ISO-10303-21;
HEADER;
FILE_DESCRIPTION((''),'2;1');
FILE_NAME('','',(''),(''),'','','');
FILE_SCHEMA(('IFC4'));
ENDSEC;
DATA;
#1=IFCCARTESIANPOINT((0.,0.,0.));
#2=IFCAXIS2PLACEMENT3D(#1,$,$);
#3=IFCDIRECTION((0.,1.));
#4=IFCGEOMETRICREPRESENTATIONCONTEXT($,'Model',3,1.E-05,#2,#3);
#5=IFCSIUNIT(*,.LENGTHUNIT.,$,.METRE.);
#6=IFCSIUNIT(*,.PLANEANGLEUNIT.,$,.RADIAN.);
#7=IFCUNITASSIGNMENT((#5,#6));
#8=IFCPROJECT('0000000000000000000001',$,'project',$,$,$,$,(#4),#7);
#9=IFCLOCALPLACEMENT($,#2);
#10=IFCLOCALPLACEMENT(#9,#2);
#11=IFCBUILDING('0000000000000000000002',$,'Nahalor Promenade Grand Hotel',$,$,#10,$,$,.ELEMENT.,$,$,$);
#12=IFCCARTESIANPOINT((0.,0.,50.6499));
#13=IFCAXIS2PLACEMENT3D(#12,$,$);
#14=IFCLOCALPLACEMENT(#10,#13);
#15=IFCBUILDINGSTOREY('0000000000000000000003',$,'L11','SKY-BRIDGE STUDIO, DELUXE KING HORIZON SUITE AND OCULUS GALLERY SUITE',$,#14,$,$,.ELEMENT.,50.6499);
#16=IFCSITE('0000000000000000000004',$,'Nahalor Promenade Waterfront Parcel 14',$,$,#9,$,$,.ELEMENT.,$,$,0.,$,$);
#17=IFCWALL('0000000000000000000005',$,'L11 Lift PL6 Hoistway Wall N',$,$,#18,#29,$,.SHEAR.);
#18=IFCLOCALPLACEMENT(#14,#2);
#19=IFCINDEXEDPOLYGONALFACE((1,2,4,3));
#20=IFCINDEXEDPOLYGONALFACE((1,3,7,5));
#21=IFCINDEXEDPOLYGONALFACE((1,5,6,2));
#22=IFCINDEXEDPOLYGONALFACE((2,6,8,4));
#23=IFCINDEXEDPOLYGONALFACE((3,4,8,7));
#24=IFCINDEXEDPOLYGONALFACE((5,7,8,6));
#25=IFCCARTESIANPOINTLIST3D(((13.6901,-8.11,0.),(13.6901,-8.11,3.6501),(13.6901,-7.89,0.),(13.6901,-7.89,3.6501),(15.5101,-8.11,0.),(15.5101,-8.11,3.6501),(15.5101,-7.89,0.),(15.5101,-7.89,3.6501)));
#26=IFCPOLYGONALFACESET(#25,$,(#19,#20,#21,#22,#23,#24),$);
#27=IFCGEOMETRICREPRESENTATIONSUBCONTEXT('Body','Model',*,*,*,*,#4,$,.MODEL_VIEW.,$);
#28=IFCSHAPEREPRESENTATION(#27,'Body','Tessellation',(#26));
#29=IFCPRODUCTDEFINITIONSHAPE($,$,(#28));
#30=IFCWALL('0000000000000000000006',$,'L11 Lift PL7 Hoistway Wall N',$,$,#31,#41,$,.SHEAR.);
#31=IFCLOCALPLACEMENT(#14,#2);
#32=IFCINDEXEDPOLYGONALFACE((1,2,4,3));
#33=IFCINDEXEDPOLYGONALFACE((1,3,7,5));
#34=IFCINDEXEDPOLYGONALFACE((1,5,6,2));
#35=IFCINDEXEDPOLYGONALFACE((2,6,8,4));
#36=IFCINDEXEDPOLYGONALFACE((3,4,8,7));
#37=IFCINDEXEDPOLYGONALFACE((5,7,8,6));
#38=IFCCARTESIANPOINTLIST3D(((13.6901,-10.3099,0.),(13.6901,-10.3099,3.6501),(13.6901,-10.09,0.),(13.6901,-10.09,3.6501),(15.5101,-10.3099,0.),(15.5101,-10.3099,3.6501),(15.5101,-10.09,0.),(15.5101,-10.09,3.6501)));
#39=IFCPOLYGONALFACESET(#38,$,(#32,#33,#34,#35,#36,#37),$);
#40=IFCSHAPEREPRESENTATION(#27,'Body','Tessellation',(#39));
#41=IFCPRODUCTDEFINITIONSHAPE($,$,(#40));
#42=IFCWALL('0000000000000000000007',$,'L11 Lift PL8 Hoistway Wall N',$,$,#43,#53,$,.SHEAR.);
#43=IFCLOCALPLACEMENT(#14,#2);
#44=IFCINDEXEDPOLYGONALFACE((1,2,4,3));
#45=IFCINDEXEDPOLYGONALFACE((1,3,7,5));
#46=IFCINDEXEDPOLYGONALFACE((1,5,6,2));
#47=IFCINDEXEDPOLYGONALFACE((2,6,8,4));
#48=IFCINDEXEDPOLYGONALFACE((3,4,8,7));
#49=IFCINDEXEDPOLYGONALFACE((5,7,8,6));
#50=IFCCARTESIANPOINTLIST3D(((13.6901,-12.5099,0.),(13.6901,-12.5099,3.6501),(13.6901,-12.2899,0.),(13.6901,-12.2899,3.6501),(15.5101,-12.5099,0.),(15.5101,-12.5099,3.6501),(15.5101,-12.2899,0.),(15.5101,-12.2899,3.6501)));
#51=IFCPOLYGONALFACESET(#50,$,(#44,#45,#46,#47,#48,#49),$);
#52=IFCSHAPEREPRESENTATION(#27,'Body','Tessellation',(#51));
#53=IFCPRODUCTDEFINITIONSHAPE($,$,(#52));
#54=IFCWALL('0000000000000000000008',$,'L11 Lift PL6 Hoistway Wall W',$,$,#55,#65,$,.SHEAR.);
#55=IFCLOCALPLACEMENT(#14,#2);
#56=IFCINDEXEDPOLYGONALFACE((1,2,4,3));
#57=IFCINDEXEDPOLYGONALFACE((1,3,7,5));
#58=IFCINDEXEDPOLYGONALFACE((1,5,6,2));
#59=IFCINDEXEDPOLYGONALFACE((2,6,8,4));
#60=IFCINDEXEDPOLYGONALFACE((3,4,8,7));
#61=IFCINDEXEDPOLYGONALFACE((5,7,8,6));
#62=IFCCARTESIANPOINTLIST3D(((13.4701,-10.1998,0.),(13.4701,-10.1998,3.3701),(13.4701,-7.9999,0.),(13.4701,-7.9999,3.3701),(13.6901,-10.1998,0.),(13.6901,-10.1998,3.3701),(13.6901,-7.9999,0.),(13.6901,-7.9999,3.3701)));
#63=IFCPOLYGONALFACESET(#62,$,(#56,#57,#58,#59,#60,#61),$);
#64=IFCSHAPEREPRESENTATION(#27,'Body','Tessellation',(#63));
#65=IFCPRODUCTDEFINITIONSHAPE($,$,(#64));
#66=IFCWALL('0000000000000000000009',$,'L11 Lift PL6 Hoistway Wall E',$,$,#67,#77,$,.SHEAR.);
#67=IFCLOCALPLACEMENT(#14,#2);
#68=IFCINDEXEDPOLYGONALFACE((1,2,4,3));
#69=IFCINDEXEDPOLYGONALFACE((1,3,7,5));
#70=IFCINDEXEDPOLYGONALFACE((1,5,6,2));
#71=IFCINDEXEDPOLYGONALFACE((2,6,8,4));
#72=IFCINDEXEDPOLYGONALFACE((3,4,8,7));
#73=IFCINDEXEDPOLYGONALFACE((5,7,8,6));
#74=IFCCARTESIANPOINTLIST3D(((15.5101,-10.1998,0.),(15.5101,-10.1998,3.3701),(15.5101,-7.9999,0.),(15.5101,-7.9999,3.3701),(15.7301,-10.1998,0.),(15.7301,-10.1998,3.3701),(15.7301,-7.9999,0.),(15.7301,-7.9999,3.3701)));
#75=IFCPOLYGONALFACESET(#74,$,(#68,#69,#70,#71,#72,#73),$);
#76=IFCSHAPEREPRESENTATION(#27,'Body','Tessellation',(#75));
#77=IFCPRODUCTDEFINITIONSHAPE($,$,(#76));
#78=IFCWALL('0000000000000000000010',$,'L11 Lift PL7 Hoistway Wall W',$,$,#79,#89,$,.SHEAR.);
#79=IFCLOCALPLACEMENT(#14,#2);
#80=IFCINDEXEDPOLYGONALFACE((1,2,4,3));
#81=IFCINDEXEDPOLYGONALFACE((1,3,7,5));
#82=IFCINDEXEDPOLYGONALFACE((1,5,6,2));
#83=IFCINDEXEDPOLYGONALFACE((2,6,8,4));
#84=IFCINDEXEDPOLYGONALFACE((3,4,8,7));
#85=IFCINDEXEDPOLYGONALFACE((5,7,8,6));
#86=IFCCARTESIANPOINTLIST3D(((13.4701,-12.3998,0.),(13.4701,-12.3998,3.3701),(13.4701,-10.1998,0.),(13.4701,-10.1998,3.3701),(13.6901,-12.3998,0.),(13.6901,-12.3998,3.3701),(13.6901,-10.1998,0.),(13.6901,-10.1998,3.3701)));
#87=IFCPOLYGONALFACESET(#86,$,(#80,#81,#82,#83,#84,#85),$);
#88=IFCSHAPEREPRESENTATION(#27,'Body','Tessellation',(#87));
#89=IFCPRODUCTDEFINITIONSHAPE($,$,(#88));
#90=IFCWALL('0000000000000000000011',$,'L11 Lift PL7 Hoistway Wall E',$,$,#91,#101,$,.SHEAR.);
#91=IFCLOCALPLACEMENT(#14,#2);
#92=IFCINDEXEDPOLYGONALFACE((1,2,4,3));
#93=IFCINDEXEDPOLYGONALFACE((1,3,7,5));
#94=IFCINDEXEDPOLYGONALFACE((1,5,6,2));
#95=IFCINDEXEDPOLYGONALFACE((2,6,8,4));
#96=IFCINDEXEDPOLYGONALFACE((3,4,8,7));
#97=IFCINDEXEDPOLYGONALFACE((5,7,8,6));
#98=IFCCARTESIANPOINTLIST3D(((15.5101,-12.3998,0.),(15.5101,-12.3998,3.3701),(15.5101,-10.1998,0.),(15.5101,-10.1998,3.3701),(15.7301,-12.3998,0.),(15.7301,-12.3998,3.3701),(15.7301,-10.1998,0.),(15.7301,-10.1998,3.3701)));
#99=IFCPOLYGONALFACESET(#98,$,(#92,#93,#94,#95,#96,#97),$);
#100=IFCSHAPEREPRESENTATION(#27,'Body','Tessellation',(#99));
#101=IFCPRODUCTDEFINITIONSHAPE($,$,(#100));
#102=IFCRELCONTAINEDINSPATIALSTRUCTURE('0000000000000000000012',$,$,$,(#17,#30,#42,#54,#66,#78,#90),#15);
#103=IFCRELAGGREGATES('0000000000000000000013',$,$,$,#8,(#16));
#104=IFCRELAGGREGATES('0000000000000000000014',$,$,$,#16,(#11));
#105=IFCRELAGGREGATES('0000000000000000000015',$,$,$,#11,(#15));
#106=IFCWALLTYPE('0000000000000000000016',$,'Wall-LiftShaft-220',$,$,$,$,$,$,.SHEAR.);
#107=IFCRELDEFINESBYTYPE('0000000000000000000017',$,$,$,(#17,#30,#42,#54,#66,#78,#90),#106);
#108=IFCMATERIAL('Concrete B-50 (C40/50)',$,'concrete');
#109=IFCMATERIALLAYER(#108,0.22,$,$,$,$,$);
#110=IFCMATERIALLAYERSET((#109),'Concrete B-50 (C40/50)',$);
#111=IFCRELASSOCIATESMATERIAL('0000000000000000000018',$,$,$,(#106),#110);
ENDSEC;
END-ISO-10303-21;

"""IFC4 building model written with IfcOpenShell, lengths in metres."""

from ifc_helpers import new_model, si_unit, direction, frame, frame_2d, origin, place, context, subcontext, project, spatial, rectangle, extrude, source, transform, mapped, material, layer, layer_set, type_object, element, save


model = new_model("IFC4")

# Units and contexts
model_context = context("Model", 3, precision=1e-05, world=origin(), true_north=direction((0.0, 1.0)))
body_context = subcontext(model_context, "Body", "Model", "MODEL_VIEW")
ifc_project = project(units=[si_unit("LENGTHUNIT", "METRE"), si_unit("PLANEANGLEUNIT", "RADIAN")], contexts=[model_context])

# Site, building, storey
site_placement = place(None, origin())
site = spatial("IfcSite", under=ifc_project, at=site_placement, Name="Nahalor Promenade Waterfront Parcel 14", CompositionType="ELEMENT", RefElevation=0.0)
building_placement = place(site_placement, origin())
building = spatial("IfcBuilding", under=site, at=building_placement, Name="Nahalor Promenade Grand Hotel", CompositionType="ELEMENT")
storey_placement = place(building_placement, frame((0.0, 0.0, 50.6499)))
storey = spatial("IfcBuildingStorey", under=building, at=storey_placement, Name="L11", Description="SKY-BRIDGE STUDIO, DELUXE KING HORIZON SUITE AND OCULUS GALLERY SUITE", CompositionType="ELEMENT", Elevation=50.6499)

# Walls
ifc_material_1 = material(Name="Concrete B-50 (C40/50)", Category="concrete")
ifc_layer_1 = layer(ifc_material_1, 0.22)
ifc_layer_set_1 = layer_set([ifc_layer_1], Name="Concrete B-50 (C40/50)")
wall_type_1 = type_object("IfcWallType", Name="Wall-LiftShaft-220", PredefinedType="SHEAR", material=ifc_layer_set_1)
shared_shape_1 = source(origin(), body_context, "Body", "SweptSolid", [
    extrude(rectangle(XDim=1.8201, YDim=0.22, at=frame_2d((0.9102, 0.0))), origin(), (0.0, 0.0, 1.0), 3.6501),
])
for number, where, z_axis, x_axis, name in (
    (1, (13.6899, -8.0, 0.0), (0.0, 0.0, 1.0), (1.0, 0.0, 0.0), "L11 Lift PL6 Hoistway Wall N"),
    (2, (13.6899, -10.2, 0.0), (0.0, 0.0, 1.0), (1.0, 0.0, 0.0), "L11 Lift PL7 Hoistway Wall N"),
    (3, (13.6899, -12.3999, 0.0), (0.0, 0.0, 1.0), (1.0, 0.0, 0.0), "L11 Lift PL8 Hoistway Wall N"),
):
    element("IfcWall", number, at=place(storey_placement, frame(where, z_axis=z_axis, x_axis=x_axis)), inside=storey, type_object=wall_type_1, Name=name, PredefinedType="SHEAR", context=body_context, shape_type="MappedRepresentation", body=[
        mapped(shared_shape_1, transform((0.0, 0.0, 0.0), scale=1.0)),
    ])
shared_shape_2 = source(origin(), body_context, "Body", "SweptSolid", [
    extrude(rectangle(XDim=2.2, YDim=0.22, at=frame_2d((1.1001, 0.0))), origin(), (0.0, 0.0, 1.0), 3.3701),
])
for number, where, z_axis, x_axis, name in (
    (4, (13.5801, -10.2, 0.0), (0.0, 0.0, 1.0), (0.0, 1.0, 0.0), "L11 Lift PL6 Hoistway Wall W"),
    (5, (15.6201, -10.2, 0.0), (0.0, 0.0, 1.0), (0.0, 1.0, 0.0), "L11 Lift PL6 Hoistway Wall E"),
    (6, (13.5801, -12.3999, 0.0), (0.0, 0.0, 1.0), (0.0, 1.0, 0.0), "L11 Lift PL7 Hoistway Wall W"),
    (7, (15.6201, -12.3999, 0.0), (0.0, 0.0, 1.0), (0.0, 1.0, 0.0), "L11 Lift PL7 Hoistway Wall E"),
):
    element("IfcWall", number, at=place(storey_placement, frame(where, z_axis=z_axis, x_axis=x_axis)), inside=storey, type_object=wall_type_1, Name=name, PredefinedType="SHEAR", context=body_context, shape_type="MappedRepresentation", body=[
        mapped(shared_shape_2, transform((0.0, 0.0, 0.0), scale=1.0)),
    ])

save(model, "model.ifc")
